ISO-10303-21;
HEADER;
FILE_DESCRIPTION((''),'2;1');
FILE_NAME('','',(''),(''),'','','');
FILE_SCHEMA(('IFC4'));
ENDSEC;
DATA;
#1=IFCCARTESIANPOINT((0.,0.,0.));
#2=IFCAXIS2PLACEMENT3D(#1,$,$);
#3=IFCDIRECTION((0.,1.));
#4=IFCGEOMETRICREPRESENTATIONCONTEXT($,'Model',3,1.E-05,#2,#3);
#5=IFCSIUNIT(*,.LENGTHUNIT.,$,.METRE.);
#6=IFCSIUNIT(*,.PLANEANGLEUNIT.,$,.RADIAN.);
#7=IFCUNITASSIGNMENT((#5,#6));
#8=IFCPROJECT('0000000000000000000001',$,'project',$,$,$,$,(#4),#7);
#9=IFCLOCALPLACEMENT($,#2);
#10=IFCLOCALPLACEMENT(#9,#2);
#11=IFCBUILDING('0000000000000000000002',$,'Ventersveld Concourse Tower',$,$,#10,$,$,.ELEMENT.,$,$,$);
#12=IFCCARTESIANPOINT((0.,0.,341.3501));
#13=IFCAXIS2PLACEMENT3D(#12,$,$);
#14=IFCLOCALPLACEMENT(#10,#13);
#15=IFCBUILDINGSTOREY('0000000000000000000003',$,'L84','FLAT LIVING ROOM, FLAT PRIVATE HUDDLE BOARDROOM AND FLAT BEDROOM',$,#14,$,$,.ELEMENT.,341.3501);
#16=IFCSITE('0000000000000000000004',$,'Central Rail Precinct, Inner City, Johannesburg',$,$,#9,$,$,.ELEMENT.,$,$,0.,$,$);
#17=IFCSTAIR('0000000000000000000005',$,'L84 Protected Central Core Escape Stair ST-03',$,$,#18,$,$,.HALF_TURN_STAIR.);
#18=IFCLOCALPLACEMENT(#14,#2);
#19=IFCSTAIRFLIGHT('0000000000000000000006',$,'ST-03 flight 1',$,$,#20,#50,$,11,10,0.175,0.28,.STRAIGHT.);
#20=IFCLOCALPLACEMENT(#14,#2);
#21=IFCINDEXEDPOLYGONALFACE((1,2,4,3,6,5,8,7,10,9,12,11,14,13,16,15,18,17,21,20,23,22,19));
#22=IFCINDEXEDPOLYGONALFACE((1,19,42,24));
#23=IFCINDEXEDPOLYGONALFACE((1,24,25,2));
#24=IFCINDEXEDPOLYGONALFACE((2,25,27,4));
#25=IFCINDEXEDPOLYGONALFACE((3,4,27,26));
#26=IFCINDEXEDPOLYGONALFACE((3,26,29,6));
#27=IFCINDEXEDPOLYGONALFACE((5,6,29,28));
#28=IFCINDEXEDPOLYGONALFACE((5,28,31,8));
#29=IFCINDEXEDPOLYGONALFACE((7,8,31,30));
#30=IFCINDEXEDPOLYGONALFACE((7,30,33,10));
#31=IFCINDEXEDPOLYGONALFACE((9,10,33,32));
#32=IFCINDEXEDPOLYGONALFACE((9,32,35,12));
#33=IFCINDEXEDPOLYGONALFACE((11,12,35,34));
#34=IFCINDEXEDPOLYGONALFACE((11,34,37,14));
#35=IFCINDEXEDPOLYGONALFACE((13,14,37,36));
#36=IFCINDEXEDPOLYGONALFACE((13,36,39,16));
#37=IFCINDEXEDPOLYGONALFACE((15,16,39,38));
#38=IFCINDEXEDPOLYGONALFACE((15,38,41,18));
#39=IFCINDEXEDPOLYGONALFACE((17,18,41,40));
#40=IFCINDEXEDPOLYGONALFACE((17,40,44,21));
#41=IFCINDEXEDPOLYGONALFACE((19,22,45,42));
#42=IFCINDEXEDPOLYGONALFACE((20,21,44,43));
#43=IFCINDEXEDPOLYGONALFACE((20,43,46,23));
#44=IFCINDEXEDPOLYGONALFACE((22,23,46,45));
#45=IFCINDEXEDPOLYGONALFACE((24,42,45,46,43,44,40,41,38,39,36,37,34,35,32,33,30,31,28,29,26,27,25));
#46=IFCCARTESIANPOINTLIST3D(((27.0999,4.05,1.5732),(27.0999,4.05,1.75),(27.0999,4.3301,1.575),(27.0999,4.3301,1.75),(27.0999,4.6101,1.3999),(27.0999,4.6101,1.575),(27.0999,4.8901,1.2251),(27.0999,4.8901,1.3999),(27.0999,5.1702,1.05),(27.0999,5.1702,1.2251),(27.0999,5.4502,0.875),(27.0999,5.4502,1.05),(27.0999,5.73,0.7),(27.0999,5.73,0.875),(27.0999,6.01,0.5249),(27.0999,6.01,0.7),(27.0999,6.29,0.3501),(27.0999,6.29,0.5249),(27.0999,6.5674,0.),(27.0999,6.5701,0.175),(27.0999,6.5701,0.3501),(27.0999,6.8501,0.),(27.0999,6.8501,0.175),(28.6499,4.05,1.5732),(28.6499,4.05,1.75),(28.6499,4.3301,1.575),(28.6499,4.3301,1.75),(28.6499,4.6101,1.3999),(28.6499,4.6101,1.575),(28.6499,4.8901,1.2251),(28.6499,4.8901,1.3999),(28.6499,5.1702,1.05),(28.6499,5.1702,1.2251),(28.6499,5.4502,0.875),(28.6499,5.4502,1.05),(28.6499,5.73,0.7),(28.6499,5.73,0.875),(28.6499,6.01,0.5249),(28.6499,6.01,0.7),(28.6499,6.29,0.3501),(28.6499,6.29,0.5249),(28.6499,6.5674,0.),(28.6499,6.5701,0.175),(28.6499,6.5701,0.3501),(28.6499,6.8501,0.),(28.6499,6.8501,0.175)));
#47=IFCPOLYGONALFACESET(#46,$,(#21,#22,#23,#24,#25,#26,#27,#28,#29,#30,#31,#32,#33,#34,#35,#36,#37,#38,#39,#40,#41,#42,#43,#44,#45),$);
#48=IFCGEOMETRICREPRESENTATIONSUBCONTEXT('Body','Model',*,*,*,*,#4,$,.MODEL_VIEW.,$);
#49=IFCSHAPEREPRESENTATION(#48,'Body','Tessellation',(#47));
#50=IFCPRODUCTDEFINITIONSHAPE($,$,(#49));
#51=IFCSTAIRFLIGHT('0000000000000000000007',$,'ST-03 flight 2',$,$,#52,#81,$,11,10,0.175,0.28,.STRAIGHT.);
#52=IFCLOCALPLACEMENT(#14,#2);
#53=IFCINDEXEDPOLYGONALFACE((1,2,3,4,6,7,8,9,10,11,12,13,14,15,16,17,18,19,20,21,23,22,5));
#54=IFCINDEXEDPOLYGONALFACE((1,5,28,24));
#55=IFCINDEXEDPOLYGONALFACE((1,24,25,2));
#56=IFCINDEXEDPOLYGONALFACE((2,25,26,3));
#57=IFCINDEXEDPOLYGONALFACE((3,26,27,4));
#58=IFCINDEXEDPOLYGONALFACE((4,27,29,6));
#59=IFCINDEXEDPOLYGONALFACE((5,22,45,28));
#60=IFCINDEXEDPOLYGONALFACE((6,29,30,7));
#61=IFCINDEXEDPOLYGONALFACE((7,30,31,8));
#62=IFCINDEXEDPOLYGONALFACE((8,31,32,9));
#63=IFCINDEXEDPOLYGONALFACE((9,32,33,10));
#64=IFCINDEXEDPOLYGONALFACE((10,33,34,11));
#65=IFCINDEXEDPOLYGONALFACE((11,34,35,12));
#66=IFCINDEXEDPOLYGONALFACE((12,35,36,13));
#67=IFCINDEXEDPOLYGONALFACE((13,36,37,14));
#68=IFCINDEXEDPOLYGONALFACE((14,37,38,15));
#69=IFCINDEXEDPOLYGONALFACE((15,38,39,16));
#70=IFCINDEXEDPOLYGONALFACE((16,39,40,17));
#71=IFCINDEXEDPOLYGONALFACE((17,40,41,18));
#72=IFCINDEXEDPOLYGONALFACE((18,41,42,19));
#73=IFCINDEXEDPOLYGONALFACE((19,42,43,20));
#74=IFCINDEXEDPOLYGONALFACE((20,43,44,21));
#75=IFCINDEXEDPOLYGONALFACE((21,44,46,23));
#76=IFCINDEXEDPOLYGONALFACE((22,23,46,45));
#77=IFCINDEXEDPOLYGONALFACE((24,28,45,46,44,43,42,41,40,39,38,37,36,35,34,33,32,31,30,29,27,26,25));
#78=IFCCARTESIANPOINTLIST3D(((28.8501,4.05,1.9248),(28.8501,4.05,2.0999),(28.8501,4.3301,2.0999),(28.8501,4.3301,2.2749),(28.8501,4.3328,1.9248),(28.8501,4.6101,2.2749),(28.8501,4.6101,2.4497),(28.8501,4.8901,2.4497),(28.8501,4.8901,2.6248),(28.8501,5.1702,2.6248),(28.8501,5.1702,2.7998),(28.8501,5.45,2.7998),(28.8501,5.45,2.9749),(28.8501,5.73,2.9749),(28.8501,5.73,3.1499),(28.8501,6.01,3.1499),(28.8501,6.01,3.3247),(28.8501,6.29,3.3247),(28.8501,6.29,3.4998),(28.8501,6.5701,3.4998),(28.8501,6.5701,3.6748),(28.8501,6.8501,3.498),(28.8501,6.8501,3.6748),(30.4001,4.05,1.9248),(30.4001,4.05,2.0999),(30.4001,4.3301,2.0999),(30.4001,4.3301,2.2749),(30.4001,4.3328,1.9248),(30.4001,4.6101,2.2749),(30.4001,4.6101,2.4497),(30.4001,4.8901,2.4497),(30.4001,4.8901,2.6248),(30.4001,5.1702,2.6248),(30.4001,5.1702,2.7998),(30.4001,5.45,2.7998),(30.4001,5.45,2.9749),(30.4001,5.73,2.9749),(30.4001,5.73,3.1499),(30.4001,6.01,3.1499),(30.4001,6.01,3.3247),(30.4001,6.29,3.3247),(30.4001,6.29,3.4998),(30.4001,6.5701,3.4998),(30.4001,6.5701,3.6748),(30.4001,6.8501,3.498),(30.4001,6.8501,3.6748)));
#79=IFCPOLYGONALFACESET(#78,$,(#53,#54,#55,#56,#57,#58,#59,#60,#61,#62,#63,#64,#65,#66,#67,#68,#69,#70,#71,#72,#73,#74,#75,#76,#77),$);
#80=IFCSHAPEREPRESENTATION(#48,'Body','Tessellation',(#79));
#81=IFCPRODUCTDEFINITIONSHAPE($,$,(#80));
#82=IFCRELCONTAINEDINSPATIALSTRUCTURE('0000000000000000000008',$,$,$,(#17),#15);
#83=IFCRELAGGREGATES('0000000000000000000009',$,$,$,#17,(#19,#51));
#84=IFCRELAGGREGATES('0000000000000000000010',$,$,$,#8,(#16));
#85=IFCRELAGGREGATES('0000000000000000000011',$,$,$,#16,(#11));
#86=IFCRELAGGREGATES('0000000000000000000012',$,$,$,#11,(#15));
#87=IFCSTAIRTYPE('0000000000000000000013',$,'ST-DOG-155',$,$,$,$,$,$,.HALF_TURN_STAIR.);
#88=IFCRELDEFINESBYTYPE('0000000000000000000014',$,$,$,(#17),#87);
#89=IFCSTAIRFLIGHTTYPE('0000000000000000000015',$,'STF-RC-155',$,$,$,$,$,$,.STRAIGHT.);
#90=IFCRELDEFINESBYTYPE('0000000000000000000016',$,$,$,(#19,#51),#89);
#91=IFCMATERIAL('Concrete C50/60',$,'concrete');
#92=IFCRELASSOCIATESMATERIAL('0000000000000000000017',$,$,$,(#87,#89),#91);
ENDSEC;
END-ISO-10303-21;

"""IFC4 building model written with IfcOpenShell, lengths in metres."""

from ifc_helpers import new_model, si_unit, direction, frame, origin, place, context, subcontext, project, spatial, polyline, outline, extrude, material, type_object, element, aggregate, save


model = new_model("IFC4")

# Units and contexts
model_context = context("Model", 3, precision=1e-05, world=origin(), true_north=direction((0.0, 1.0)))
body_context = subcontext(model_context, "Body", "Model", "MODEL_VIEW")
ifc_project = project(units=[si_unit("LENGTHUNIT", "METRE"), si_unit("PLANEANGLEUNIT", "RADIAN")], contexts=[model_context])

# Site, building, storey
site_placement = place(None, origin())
site = spatial("IfcSite", under=ifc_project, at=site_placement, Name="Central Rail Precinct, Inner City, Johannesburg", CompositionType="ELEMENT", RefElevation=0.0)
building_placement = place(site_placement, origin())
building = spatial("IfcBuilding", under=site, at=building_placement, Name="Ventersveld Concourse Tower", CompositionType="ELEMENT")
storey_placement = place(building_placement, frame((0.0, 0.0, 341.3501)))
storey = spatial("IfcBuildingStorey", under=building, at=storey_placement, Name="L84", Description="FLAT LIVING ROOM, FLAT PRIVATE HUDDLE BOARDROOM AND FLAT BEDROOM", CompositionType="ELEMENT", Elevation=341.3501)

# Shared definitions
ifc_material_1 = material(Name="Concrete C50/60", Category="concrete")

# Stair, stair flights
stair_type = type_object("IfcStairType", Name="ST-DOG-155", PredefinedType="HALF_TURN_STAIR", material=ifc_material_1)
stair_placement = place(storey_placement, origin())
stair = element("IfcStair", 1, at=stair_placement, inside=storey, type_object=stair_type, Name="L84 Protected Central Core Escape Stair ST-03", PredefinedType="HALF_TURN_STAIR")
stair_flight_type = type_object("IfcStairFlightType", Name="STF-RC-155", PredefinedType="STRAIGHT", material=ifc_material_1)
stair_flight_1_placement = place(storey_placement, frame((27.875, 6.8501, 0.0), z_axis=(0.0, 0.0, 1.0), x_axis=(0.0, -1.0, 0.0)))
stair_flight_1 = element("IfcStairFlight", 2, at=stair_flight_1_placement, type_object=stair_flight_type, Name="ST-03 flight 1", NumberOfRisers=11, NumberOfTreads=10, PredefinedType="STRAIGHT", RiserHeight=0.175, TreadLength=0.28, context=body_context, shape_type="SweptSolid", body=[
    extrude(outline(polyline([(0.0, 0.0), (0.0, 0.175), (0.28, 0.175), (0.28, 0.3501), (0.5601, 0.3501), (0.5601, 0.5249), (0.8401, 0.5249), (0.8401, 0.7), (1.1201, 0.7), (1.1201, 0.875), (1.3999, 0.875), (1.3999, 1.05), (1.6799, 1.05), (1.6799, 1.2251), (1.96, 1.2251), (1.96, 1.3999), (2.24, 1.3999), (2.24, 1.575), (2.52, 1.575), (2.52, 1.75), (2.8, 1.75), (2.8, 1.925), (2.8, 1.5732), (0.2827, 0.0), (0.0, 0.0)])), frame((0.0, 0.7749, 0.0), z_axis=(0.0, -1.0, 0.0), x_axis=(1.0, 0.0, 0.0)), (0.0, 0.0, 1.0), 1.55),
])
stair_flight_2_placement = place(storey_placement, frame((29.625, 4.05, 1.9248), z_axis=(0.0, 0.0, 1.0), x_axis=(0.0, 1.0, 0.0)))
stair_flight_2 = element("IfcStairFlight", 3, at=stair_flight_2_placement, type_object=stair_flight_type, Name="ST-03 flight 2", NumberOfRisers=11, NumberOfTreads=10, PredefinedType="STRAIGHT", RiserHeight=0.175, TreadLength=0.28, context=body_context, shape_type="SweptSolid", body=[
    extrude(outline(polyline([(0.0, 0.0), (0.0, 0.175), (0.28, 0.175), (0.28, 0.3501), (0.5601, 0.3501), (0.5601, 0.5249), (0.8401, 0.5249), (0.8401, 0.7), (1.1201, 0.7), (1.1201, 0.875), (1.3999, 0.875), (1.3999, 1.05), (1.6799, 1.05), (1.6799, 1.2251), (1.96, 1.2251), (1.96, 1.3999), (2.24, 1.3999), (2.24, 1.575), (2.52, 1.575), (2.52, 1.75), (2.8, 1.75), (2.8, 1.925), (2.8, 1.5732), (0.2827, 0.0), (0.0, 0.0)])), frame((0.0, 0.7749, 0.0), z_axis=(0.0, -1.0, 0.0), x_axis=(1.0, 0.0, 0.0)), (0.0, 0.0, 1.0), 1.55),
])
aggregate(stair, [stair_flight_1, stair_flight_2])

save(model, "model.ifc")
